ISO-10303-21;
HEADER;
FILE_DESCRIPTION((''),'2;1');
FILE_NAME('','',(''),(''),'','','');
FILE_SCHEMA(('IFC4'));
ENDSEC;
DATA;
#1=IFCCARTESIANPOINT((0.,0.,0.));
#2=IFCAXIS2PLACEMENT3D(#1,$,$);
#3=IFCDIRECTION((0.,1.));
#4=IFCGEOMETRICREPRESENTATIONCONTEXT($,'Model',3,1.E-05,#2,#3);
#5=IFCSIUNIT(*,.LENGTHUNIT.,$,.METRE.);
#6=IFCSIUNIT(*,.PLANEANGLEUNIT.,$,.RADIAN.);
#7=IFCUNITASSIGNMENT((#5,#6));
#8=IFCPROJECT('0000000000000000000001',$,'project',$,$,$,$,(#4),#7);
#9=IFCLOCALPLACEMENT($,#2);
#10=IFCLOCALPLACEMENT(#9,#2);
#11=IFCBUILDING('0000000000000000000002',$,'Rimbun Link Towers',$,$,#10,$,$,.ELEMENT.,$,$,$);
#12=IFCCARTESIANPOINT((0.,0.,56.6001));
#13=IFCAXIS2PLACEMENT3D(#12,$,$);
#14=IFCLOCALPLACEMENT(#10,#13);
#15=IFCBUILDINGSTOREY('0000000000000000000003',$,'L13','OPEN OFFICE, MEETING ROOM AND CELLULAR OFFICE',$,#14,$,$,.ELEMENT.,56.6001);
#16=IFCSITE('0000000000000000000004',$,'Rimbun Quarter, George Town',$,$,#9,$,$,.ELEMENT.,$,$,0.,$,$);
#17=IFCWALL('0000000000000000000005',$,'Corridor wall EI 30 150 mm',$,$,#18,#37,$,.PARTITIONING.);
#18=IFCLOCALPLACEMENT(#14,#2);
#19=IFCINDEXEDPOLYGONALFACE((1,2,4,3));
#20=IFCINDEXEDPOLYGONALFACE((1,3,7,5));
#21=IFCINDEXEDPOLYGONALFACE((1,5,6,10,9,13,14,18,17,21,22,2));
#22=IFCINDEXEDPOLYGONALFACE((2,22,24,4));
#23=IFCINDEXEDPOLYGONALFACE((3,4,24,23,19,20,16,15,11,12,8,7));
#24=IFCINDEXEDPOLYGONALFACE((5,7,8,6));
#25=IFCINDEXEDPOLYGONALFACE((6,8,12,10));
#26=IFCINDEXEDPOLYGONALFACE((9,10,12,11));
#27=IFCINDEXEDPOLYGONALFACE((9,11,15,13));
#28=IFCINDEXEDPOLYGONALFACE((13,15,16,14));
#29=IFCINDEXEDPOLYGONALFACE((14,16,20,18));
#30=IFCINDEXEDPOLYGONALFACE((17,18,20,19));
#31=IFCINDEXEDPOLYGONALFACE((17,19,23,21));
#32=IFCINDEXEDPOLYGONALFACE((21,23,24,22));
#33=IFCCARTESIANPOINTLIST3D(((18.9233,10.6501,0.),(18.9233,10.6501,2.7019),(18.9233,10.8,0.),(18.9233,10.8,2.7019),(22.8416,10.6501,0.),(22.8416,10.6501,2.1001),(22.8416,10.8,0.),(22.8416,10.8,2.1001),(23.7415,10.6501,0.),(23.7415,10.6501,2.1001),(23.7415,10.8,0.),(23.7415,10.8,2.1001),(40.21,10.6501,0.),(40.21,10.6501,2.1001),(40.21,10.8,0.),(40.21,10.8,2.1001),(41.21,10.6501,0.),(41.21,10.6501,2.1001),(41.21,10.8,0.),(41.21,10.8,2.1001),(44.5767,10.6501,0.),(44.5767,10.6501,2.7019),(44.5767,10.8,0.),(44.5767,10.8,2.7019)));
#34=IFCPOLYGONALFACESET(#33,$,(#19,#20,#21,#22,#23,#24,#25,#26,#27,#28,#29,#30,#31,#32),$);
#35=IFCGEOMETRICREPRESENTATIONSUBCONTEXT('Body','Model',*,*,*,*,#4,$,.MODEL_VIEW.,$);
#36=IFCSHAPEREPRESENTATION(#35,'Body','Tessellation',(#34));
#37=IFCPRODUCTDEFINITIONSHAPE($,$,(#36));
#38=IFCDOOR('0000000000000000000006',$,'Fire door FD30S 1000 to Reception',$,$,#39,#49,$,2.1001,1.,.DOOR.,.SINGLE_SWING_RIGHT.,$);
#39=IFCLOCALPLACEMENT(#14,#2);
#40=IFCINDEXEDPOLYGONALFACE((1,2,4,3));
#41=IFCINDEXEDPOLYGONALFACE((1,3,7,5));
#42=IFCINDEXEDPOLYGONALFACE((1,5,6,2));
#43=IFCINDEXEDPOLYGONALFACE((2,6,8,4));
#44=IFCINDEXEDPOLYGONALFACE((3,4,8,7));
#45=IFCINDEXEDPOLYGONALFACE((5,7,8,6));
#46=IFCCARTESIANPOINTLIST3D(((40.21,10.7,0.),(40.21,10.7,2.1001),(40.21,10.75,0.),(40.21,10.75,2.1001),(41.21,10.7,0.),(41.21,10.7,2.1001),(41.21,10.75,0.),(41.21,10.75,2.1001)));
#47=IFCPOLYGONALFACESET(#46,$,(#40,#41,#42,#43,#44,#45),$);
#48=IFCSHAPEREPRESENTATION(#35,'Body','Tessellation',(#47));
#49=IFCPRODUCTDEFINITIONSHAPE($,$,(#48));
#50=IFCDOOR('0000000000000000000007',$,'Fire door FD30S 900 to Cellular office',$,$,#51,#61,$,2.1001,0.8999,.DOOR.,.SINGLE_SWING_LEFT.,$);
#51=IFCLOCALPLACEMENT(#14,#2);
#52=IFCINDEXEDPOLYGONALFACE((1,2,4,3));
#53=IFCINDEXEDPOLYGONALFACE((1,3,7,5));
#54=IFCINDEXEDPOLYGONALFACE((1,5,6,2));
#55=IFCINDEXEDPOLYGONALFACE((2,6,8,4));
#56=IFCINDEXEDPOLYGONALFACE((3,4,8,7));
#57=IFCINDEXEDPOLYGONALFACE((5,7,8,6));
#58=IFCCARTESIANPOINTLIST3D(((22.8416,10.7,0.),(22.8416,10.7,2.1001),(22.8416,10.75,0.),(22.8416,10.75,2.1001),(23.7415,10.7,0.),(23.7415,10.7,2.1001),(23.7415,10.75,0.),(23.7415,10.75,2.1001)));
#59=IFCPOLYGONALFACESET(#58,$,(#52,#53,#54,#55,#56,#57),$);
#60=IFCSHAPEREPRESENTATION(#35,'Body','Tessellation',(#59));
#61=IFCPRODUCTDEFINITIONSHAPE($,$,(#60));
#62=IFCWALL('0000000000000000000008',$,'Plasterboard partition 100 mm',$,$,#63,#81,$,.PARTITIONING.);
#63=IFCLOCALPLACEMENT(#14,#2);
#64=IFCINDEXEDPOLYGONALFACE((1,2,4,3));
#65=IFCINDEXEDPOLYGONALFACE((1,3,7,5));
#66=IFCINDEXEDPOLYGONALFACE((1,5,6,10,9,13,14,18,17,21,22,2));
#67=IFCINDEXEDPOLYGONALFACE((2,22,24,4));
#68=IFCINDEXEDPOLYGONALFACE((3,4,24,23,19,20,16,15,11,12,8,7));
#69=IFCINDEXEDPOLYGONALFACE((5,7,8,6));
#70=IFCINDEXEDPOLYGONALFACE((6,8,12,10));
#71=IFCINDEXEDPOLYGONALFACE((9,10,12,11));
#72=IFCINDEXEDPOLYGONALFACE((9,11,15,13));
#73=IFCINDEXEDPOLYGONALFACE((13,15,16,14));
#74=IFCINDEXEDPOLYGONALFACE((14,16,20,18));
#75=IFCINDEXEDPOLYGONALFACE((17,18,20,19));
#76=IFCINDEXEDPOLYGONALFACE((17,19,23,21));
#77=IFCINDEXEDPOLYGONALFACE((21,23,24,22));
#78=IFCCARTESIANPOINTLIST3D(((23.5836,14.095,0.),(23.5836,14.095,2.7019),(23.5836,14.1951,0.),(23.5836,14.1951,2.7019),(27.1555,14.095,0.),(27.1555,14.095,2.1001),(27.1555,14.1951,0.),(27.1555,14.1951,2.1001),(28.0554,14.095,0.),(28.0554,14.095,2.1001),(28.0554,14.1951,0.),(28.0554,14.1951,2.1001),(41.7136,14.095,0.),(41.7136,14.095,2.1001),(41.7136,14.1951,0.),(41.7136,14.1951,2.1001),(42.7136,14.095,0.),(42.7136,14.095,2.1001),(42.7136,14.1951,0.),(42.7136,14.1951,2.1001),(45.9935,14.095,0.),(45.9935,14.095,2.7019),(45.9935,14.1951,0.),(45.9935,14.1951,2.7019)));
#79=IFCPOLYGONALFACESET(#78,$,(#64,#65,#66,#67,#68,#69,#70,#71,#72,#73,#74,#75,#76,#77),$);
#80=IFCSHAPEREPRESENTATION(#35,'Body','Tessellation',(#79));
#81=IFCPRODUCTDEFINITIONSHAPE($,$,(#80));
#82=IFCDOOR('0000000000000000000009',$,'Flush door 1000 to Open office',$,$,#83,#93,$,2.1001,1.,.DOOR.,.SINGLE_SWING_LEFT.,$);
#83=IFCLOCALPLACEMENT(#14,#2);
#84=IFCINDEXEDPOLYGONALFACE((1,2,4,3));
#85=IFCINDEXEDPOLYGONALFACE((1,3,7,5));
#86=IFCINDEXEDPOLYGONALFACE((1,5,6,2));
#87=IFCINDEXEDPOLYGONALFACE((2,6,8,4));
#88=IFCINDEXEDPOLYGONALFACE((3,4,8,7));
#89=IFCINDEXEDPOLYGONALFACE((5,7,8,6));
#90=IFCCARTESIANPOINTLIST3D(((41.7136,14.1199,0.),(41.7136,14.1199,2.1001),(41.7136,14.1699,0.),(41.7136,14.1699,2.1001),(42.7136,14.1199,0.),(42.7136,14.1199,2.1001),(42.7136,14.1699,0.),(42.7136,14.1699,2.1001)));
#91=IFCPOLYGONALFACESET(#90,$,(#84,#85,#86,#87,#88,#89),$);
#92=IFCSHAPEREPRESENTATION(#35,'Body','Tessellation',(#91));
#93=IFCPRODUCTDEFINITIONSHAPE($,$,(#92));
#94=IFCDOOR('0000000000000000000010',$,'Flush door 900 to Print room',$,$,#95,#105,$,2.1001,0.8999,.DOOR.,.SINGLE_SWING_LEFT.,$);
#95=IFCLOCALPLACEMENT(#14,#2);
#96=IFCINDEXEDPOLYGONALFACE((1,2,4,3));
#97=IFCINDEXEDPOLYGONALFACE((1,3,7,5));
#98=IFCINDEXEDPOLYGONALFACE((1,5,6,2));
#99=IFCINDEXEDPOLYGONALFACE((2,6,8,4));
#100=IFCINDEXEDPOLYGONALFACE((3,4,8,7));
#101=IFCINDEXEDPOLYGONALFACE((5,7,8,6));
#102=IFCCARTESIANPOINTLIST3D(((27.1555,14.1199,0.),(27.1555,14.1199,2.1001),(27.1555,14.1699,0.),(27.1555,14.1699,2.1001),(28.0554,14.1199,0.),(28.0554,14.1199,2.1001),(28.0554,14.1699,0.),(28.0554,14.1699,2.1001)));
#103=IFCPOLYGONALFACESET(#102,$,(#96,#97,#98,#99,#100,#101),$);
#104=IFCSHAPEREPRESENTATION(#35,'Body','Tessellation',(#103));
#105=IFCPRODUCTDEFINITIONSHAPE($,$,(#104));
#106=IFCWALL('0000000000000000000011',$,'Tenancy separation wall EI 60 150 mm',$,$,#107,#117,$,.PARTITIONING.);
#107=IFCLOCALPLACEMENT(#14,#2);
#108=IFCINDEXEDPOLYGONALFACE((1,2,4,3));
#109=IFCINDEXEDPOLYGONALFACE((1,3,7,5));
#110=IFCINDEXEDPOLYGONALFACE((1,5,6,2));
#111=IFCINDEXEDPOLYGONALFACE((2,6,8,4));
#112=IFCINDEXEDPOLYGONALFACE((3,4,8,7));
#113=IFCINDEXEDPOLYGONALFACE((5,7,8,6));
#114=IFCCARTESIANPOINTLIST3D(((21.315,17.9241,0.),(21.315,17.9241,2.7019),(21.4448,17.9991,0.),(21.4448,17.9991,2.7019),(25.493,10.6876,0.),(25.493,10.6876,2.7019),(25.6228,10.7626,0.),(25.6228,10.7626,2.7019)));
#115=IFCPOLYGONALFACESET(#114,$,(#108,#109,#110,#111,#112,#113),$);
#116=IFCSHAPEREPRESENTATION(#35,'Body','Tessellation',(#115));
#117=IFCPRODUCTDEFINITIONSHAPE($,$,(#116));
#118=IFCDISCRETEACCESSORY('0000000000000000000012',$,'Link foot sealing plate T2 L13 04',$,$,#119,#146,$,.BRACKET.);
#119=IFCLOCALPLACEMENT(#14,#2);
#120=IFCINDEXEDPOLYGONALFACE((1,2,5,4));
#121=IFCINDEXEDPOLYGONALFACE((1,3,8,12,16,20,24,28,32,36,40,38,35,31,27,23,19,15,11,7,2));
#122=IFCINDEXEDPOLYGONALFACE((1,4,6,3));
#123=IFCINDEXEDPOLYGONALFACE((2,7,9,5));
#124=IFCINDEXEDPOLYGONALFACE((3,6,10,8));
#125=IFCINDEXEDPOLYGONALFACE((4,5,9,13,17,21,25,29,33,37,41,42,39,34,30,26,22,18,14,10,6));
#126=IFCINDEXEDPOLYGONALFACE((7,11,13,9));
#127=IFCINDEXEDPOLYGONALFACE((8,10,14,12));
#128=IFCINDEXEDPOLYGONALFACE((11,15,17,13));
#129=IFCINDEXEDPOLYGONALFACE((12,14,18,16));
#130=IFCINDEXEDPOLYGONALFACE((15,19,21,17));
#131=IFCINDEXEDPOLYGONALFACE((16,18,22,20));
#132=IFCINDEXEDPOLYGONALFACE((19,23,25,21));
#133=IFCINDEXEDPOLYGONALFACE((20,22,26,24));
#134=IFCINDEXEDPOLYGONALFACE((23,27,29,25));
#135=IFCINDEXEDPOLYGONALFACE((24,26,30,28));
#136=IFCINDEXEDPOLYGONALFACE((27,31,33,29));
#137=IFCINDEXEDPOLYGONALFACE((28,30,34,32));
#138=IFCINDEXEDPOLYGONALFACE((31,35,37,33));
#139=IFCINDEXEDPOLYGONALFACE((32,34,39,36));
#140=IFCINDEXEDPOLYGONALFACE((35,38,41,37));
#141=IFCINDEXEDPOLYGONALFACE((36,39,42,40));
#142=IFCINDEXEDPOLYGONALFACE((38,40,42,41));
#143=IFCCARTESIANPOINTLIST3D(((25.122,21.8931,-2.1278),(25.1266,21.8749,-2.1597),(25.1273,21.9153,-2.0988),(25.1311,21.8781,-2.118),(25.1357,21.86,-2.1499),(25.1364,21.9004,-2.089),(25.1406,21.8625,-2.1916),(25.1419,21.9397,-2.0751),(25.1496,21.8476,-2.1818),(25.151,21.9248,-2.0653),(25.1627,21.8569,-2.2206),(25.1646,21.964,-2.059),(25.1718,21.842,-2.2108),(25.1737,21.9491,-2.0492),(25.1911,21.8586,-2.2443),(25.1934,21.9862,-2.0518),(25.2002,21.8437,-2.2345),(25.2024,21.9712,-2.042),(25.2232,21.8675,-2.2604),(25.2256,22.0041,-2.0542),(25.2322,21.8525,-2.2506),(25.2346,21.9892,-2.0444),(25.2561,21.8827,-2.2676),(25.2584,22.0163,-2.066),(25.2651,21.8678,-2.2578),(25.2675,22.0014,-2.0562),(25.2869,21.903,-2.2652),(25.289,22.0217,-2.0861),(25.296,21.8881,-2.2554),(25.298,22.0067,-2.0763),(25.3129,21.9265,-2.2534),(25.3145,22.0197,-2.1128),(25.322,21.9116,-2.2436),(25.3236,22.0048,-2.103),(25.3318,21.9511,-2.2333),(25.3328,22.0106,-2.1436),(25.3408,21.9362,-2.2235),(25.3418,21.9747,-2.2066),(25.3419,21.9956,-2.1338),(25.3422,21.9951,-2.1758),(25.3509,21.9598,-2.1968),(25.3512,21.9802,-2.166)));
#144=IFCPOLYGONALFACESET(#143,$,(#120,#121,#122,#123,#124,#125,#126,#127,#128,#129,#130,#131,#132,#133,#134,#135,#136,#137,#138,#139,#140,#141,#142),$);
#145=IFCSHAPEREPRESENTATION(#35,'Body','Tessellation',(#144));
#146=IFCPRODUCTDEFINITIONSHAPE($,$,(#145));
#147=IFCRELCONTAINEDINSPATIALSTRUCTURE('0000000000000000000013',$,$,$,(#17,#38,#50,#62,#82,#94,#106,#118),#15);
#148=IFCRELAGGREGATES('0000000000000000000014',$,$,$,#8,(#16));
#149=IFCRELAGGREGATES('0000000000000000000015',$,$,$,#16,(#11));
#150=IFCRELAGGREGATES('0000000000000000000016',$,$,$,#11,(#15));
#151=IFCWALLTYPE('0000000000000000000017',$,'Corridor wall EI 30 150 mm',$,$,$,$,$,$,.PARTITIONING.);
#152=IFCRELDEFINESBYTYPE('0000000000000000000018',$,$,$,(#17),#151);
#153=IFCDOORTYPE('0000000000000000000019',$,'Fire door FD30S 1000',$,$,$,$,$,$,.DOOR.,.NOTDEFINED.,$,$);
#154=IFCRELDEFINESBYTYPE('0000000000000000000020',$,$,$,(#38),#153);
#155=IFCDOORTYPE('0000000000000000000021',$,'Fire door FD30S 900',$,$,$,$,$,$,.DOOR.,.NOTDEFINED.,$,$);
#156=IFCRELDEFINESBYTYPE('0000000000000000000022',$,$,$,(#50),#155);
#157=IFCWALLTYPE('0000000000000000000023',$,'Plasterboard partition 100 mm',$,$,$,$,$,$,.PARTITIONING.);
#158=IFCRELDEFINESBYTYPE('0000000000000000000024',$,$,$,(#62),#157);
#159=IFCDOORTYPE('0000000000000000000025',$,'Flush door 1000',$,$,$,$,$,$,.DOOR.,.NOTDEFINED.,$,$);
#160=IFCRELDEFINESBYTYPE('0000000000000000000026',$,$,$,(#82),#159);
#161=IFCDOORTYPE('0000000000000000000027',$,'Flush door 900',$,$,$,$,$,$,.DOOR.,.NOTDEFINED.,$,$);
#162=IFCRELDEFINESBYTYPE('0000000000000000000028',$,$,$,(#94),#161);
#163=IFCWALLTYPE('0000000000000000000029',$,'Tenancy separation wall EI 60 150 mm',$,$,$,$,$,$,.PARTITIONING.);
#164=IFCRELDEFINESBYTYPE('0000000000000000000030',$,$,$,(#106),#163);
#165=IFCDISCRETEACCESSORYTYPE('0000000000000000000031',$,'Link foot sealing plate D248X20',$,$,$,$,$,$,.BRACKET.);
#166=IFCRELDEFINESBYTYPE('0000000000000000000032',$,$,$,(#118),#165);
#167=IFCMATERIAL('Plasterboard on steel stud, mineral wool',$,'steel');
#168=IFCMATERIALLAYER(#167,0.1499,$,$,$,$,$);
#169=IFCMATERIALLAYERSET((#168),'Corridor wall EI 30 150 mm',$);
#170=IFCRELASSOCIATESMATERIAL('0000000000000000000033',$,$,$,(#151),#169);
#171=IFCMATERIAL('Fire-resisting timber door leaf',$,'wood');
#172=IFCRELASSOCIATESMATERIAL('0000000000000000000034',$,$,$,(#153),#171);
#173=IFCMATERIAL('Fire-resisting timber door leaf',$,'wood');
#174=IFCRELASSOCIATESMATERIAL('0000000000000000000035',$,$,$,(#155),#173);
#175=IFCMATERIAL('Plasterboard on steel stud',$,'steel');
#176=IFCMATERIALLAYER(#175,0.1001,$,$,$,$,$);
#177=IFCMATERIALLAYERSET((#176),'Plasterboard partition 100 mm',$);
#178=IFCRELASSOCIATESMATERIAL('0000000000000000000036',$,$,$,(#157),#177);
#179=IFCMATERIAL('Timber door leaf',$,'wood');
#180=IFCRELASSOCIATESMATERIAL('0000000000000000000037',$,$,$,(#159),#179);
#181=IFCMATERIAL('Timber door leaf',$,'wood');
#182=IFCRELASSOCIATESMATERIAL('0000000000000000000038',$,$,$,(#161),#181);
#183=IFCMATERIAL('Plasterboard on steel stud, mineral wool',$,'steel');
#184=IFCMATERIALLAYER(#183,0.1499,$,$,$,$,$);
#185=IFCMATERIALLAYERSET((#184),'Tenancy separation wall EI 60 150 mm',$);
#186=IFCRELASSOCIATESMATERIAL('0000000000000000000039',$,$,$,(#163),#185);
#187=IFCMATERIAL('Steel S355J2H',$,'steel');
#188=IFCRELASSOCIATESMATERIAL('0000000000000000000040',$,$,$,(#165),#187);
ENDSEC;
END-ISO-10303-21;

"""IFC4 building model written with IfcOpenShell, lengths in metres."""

from ifc_helpers import new_model, si_unit, direction, frame, frame_2d, origin, origin_2d, place, context, subcontext, project, spatial, rectangle, circle, extrude, material, layer, layer_set, material_profile, profile_set, type_object, element, fill, save


model = new_model("IFC4")

# Units and contexts
model_context = context("Model", 3, precision=1e-05, world=origin(), true_north=direction((0.0, 1.0)))
body_context = subcontext(model_context, "Body", "Model", "MODEL_VIEW")
ifc_project = project(units=[si_unit("LENGTHUNIT", "METRE"), si_unit("PLANEANGLEUNIT", "RADIAN")], contexts=[model_context])

# Site, building, storey
site_placement = place(None, origin())
site = spatial("IfcSite", under=ifc_project, at=site_placement, Name="Rimbun Quarter, George Town", CompositionType="ELEMENT", RefElevation=0.0)
building_placement = place(site_placement, origin())
building = spatial("IfcBuilding", under=site, at=building_placement, Name="Rimbun Link Towers", CompositionType="ELEMENT")
storey_placement = place(building_placement, frame((0.0, 0.0, 56.6001)))
storey = spatial("IfcBuildingStorey", under=building, at=storey_placement, Name="L13", Description="OPEN OFFICE, MEETING ROOM AND CELLULAR OFFICE", CompositionType="ELEMENT", Elevation=56.6001)

# Walls, openings, doors
ifc_material_1 = material(Name="Plasterboard on steel stud, mineral wool", Category="steel")
ifc_layer_1 = layer(ifc_material_1, 0.1499)
ifc_layer_set_1 = layer_set([ifc_layer_1], Name="Corridor wall EI 30 150 mm")
wall_type_1 = type_object("IfcWallType", Name="Corridor wall EI 30 150 mm", PredefinedType="PARTITIONING", material=ifc_layer_set_1)
wall_1_placement = place(storey_placement, frame((18.9233, 10.7251, 0.0), z_axis=(0.0, 0.0, 1.0), x_axis=(1.0, 0.0, 0.0)))
wall_1 = element("IfcWall", 1, at=wall_1_placement, inside=storey, type_object=wall_type_1, Name="Corridor wall EI 30 150 mm", PredefinedType="PARTITIONING", context=body_context, shape_type="SweptSolid", body=[
    extrude(rectangle(XDim=25.6533, YDim=0.1499, at=frame_2d((12.8267, 0.0))), origin(), (0.0, 0.0, 1.0), 2.7019),
])
opening_1_placement = place(wall_1_placement, frame((21.2866, 0.0, 0.0)))
opening_1 = element("IfcOpeningElement", 2, at=opening_1_placement, cuts=wall_1, PredefinedType="OPENING", context=body_context, shape_type="SweptSolid", body=[
    extrude(rectangle(XDim=1.0, YDim=2.1001, at=frame_2d((0.5, 1.05))), frame((0.0, 0.085, 0.0), z_axis=(0.0, -1.0, 0.0), x_axis=(1.0, 0.0, 0.0)), (0.0, 0.0, 1.0), 0.1699),
])
opening_2_placement = place(wall_1_placement, frame((3.9182, 0.0, 0.0)))
opening_2 = element("IfcOpeningElement", 3, at=opening_2_placement, cuts=wall_1, PredefinedType="OPENING", context=body_context, shape_type="SweptSolid", body=[
    extrude(rectangle(XDim=0.8999, YDim=2.1001, at=frame_2d((0.45, 1.05))), frame((0.0, 0.085, 0.0), z_axis=(0.0, -1.0, 0.0), x_axis=(1.0, 0.0, 0.0)), (0.0, 0.0, 1.0), 0.1699),
])
ifc_material_2 = material(Name="Fire-resisting timber door leaf", Category="wood")
door_type_1 = type_object("IfcDoorType", Name="Fire door FD30S 1000", OperationType="NOTDEFINED", PredefinedType="DOOR", material=ifc_material_2)
door_1_placement = place(opening_1_placement, origin())
door_1 = element("IfcDoor", 4, at=door_1_placement, inside=storey, type_object=door_type_1, Name="Fire door FD30S 1000 to Reception", OperationType="SINGLE_SWING_RIGHT", OverallHeight=2.1001, OverallWidth=1.0, PredefinedType="DOOR", context=body_context, shape_type="SweptSolid", body=[
    extrude(rectangle(XDim=1.0, YDim=2.1001, at=frame_2d((0.5, 1.05))), frame((0.0, 0.0249, 0.0), z_axis=(0.0, -1.0, 0.0), x_axis=(1.0, 0.0, 0.0)), (0.0, 0.0, 1.0), 0.05),
])
fill(opening_1, door_1)
ifc_material_3 = material(Name="Fire-resisting timber door leaf", Category="wood")
door_type_2 = type_object("IfcDoorType", Name="Fire door FD30S 900", OperationType="NOTDEFINED", PredefinedType="DOOR", material=ifc_material_3)
door_2_placement = place(opening_2_placement, origin())
door_2 = element("IfcDoor", 5, at=door_2_placement, inside=storey, type_object=door_type_2, Name="Fire door FD30S 900 to Cellular office", OperationType="SINGLE_SWING_LEFT", OverallHeight=2.1001, OverallWidth=0.8999, PredefinedType="DOOR", context=body_context, shape_type="SweptSolid", body=[
    extrude(rectangle(XDim=0.8999, YDim=2.1001, at=frame_2d((0.45, 1.05))), frame((0.0, 0.0249, 0.0), z_axis=(0.0, -1.0, 0.0), x_axis=(1.0, 0.0, 0.0)), (0.0, 0.0, 1.0), 0.05),
])
fill(opening_2, door_2)
ifc_material_4 = material(Name="Plasterboard on steel stud", Category="steel")
ifc_layer_2 = layer(ifc_material_4, 0.1001)
ifc_layer_set_2 = layer_set([ifc_layer_2], Name="Plasterboard partition 100 mm")
wall_type_2 = type_object("IfcWallType", Name="Plasterboard partition 100 mm", PredefinedType="PARTITIONING", material=ifc_layer_set_2)
wall_2_placement = place(storey_placement, frame((23.5835, 14.145, 0.0), z_axis=(0.0, 0.0, 1.0), x_axis=(1.0, 0.0, 0.0)))
wall_2 = element("IfcWall", 6, at=wall_2_placement, inside=storey, type_object=wall_type_2, Name="Plasterboard partition 100 mm", PredefinedType="PARTITIONING", context=body_context, shape_type="SweptSolid", body=[
    extrude(rectangle(XDim=22.4099, YDim=0.1001, at=frame_2d((11.2051, 0.0))), origin(), (0.0, 0.0, 1.0), 2.7019),
])
opening_3_placement = place(wall_2_placement, frame((18.1301, 0.0, 0.0)))
opening_3 = element("IfcOpeningElement", 7, at=opening_3_placement, cuts=wall_2, PredefinedType="OPENING", context=body_context, shape_type="SweptSolid", body=[
    extrude(rectangle(XDim=1.0, YDim=2.1001, at=frame_2d((0.5, 1.05))), frame((0.0, 0.0601, 0.0), z_axis=(0.0, -1.0, 0.0), x_axis=(1.0, 0.0, 0.0)), (0.0, 0.0, 1.0), 0.1201),
])
opening_4_placement = place(wall_2_placement, frame((3.572, 0.0, 0.0)))
opening_4 = element("IfcOpeningElement", 8, at=opening_4_placement, cuts=wall_2, PredefinedType="OPENING", context=body_context, shape_type="SweptSolid", body=[
    extrude(rectangle(XDim=0.8999, YDim=2.1001, at=frame_2d((0.45, 1.05))), frame((0.0, 0.0601, 0.0), z_axis=(0.0, -1.0, 0.0), x_axis=(1.0, 0.0, 0.0)), (0.0, 0.0, 1.0), 0.1201),
])
ifc_material_5 = material(Name="Timber door leaf", Category="wood")
door_type_3 = type_object("IfcDoorType", Name="Flush door 1000", OperationType="NOTDEFINED", PredefinedType="DOOR", material=ifc_material_5)
door_3_placement = place(opening_3_placement, origin())
door_3 = element("IfcDoor", 9, at=door_3_placement, inside=storey, type_object=door_type_3, Name="Flush door 1000 to Open office", OperationType="SINGLE_SWING_LEFT", OverallHeight=2.1001, OverallWidth=1.0, PredefinedType="DOOR", context=body_context, shape_type="SweptSolid", body=[
    extrude(rectangle(XDim=1.0, YDim=2.1001, at=frame_2d((0.5, 1.05))), frame((0.0, 0.0249, 0.0), z_axis=(0.0, -1.0, 0.0), x_axis=(1.0, 0.0, 0.0)), (0.0, 0.0, 1.0), 0.05),
])
fill(opening_3, door_3)
ifc_material_6 = material(Name="Timber door leaf", Category="wood")
door_type_4 = type_object("IfcDoorType", Name="Flush door 900", OperationType="NOTDEFINED", PredefinedType="DOOR", material=ifc_material_6)
door_4_placement = place(opening_4_placement, origin())
door_4 = element("IfcDoor", 10, at=door_4_placement, inside=storey, type_object=door_type_4, Name="Flush door 900 to Print room", OperationType="SINGLE_SWING_LEFT", OverallHeight=2.1001, OverallWidth=0.8999, PredefinedType="DOOR", context=body_context, shape_type="SweptSolid", body=[
    extrude(rectangle(XDim=0.8999, YDim=2.1001, at=frame_2d((0.45, 1.05))), frame((0.0, 0.0249, 0.0), z_axis=(0.0, -1.0, 0.0), x_axis=(1.0, 0.0, 0.0)), (0.0, 0.0, 1.0), 0.05),
])
fill(opening_4, door_4)

# Wall
ifc_material_7 = material(Name="Plasterboard on steel stud, mineral wool", Category="steel")
ifc_layer_3 = layer(ifc_material_7, 0.1499)
ifc_layer_set_3 = layer_set([ifc_layer_3], Name="Tenancy separation wall EI 60 150 mm")
wall_type_3 = type_object("IfcWallType", Name="Tenancy separation wall EI 60 150 mm", PredefinedType="PARTITIONING", material=ifc_layer_set_3)
wall_3_placement = place(storey_placement, frame((25.5579, 10.7251, 0.0), z_axis=(0.0, 0.0, 1.0), x_axis=(-0.499995, 0.866028, 0.0)))
element("IfcWall", 11, at=wall_3_placement, inside=storey, type_object=wall_type_3, Name="Tenancy separation wall EI 60 150 mm", PredefinedType="PARTITIONING", context=body_context, shape_type="SweptSolid", body=[
    extrude(rectangle(XDim=8.356, YDim=0.1499, at=frame_2d((4.178, 0.0))), origin(), (0.0, 0.0, 1.0), 2.7019),
])

# Discrete accessory
ifc_material_8 = material(Name="Steel S355J2H", Category="steel")
ifc_material_profile_1 = material_profile(ifc_material_8, circle(Radius=0.124, at=origin_2d()), Name="PL D248")
ifc_profile_set_1 = profile_set([ifc_material_profile_1], Name="Steel S355J2H")
discrete_accessory_type = type_object("IfcDiscreteAccessoryType", Name="Link foot sealing plate D248X20", PredefinedType="BRACKET", material=ifc_profile_set_1)
discrete_accessory_placement = place(storey_placement, frame((25.2417, 21.9243, -2.1499), z_axis=(-0.452365, 0.74579, -0.489043), x_axis=(-0.85501, -0.518612, 0.0)))
element("IfcDiscreteAccessory", 12, at=discrete_accessory_placement, inside=storey, type_object=discrete_accessory_type, Name="Link foot sealing plate T2 L13 04", PredefinedType="BRACKET", context=body_context, shape_type="SweptSolid", body=[
    extrude(circle(Radius=0.124, at=origin_2d()), origin(), (0.0, 0.0, 1.0), 0.02),
])

save(model, "model.ifc")
